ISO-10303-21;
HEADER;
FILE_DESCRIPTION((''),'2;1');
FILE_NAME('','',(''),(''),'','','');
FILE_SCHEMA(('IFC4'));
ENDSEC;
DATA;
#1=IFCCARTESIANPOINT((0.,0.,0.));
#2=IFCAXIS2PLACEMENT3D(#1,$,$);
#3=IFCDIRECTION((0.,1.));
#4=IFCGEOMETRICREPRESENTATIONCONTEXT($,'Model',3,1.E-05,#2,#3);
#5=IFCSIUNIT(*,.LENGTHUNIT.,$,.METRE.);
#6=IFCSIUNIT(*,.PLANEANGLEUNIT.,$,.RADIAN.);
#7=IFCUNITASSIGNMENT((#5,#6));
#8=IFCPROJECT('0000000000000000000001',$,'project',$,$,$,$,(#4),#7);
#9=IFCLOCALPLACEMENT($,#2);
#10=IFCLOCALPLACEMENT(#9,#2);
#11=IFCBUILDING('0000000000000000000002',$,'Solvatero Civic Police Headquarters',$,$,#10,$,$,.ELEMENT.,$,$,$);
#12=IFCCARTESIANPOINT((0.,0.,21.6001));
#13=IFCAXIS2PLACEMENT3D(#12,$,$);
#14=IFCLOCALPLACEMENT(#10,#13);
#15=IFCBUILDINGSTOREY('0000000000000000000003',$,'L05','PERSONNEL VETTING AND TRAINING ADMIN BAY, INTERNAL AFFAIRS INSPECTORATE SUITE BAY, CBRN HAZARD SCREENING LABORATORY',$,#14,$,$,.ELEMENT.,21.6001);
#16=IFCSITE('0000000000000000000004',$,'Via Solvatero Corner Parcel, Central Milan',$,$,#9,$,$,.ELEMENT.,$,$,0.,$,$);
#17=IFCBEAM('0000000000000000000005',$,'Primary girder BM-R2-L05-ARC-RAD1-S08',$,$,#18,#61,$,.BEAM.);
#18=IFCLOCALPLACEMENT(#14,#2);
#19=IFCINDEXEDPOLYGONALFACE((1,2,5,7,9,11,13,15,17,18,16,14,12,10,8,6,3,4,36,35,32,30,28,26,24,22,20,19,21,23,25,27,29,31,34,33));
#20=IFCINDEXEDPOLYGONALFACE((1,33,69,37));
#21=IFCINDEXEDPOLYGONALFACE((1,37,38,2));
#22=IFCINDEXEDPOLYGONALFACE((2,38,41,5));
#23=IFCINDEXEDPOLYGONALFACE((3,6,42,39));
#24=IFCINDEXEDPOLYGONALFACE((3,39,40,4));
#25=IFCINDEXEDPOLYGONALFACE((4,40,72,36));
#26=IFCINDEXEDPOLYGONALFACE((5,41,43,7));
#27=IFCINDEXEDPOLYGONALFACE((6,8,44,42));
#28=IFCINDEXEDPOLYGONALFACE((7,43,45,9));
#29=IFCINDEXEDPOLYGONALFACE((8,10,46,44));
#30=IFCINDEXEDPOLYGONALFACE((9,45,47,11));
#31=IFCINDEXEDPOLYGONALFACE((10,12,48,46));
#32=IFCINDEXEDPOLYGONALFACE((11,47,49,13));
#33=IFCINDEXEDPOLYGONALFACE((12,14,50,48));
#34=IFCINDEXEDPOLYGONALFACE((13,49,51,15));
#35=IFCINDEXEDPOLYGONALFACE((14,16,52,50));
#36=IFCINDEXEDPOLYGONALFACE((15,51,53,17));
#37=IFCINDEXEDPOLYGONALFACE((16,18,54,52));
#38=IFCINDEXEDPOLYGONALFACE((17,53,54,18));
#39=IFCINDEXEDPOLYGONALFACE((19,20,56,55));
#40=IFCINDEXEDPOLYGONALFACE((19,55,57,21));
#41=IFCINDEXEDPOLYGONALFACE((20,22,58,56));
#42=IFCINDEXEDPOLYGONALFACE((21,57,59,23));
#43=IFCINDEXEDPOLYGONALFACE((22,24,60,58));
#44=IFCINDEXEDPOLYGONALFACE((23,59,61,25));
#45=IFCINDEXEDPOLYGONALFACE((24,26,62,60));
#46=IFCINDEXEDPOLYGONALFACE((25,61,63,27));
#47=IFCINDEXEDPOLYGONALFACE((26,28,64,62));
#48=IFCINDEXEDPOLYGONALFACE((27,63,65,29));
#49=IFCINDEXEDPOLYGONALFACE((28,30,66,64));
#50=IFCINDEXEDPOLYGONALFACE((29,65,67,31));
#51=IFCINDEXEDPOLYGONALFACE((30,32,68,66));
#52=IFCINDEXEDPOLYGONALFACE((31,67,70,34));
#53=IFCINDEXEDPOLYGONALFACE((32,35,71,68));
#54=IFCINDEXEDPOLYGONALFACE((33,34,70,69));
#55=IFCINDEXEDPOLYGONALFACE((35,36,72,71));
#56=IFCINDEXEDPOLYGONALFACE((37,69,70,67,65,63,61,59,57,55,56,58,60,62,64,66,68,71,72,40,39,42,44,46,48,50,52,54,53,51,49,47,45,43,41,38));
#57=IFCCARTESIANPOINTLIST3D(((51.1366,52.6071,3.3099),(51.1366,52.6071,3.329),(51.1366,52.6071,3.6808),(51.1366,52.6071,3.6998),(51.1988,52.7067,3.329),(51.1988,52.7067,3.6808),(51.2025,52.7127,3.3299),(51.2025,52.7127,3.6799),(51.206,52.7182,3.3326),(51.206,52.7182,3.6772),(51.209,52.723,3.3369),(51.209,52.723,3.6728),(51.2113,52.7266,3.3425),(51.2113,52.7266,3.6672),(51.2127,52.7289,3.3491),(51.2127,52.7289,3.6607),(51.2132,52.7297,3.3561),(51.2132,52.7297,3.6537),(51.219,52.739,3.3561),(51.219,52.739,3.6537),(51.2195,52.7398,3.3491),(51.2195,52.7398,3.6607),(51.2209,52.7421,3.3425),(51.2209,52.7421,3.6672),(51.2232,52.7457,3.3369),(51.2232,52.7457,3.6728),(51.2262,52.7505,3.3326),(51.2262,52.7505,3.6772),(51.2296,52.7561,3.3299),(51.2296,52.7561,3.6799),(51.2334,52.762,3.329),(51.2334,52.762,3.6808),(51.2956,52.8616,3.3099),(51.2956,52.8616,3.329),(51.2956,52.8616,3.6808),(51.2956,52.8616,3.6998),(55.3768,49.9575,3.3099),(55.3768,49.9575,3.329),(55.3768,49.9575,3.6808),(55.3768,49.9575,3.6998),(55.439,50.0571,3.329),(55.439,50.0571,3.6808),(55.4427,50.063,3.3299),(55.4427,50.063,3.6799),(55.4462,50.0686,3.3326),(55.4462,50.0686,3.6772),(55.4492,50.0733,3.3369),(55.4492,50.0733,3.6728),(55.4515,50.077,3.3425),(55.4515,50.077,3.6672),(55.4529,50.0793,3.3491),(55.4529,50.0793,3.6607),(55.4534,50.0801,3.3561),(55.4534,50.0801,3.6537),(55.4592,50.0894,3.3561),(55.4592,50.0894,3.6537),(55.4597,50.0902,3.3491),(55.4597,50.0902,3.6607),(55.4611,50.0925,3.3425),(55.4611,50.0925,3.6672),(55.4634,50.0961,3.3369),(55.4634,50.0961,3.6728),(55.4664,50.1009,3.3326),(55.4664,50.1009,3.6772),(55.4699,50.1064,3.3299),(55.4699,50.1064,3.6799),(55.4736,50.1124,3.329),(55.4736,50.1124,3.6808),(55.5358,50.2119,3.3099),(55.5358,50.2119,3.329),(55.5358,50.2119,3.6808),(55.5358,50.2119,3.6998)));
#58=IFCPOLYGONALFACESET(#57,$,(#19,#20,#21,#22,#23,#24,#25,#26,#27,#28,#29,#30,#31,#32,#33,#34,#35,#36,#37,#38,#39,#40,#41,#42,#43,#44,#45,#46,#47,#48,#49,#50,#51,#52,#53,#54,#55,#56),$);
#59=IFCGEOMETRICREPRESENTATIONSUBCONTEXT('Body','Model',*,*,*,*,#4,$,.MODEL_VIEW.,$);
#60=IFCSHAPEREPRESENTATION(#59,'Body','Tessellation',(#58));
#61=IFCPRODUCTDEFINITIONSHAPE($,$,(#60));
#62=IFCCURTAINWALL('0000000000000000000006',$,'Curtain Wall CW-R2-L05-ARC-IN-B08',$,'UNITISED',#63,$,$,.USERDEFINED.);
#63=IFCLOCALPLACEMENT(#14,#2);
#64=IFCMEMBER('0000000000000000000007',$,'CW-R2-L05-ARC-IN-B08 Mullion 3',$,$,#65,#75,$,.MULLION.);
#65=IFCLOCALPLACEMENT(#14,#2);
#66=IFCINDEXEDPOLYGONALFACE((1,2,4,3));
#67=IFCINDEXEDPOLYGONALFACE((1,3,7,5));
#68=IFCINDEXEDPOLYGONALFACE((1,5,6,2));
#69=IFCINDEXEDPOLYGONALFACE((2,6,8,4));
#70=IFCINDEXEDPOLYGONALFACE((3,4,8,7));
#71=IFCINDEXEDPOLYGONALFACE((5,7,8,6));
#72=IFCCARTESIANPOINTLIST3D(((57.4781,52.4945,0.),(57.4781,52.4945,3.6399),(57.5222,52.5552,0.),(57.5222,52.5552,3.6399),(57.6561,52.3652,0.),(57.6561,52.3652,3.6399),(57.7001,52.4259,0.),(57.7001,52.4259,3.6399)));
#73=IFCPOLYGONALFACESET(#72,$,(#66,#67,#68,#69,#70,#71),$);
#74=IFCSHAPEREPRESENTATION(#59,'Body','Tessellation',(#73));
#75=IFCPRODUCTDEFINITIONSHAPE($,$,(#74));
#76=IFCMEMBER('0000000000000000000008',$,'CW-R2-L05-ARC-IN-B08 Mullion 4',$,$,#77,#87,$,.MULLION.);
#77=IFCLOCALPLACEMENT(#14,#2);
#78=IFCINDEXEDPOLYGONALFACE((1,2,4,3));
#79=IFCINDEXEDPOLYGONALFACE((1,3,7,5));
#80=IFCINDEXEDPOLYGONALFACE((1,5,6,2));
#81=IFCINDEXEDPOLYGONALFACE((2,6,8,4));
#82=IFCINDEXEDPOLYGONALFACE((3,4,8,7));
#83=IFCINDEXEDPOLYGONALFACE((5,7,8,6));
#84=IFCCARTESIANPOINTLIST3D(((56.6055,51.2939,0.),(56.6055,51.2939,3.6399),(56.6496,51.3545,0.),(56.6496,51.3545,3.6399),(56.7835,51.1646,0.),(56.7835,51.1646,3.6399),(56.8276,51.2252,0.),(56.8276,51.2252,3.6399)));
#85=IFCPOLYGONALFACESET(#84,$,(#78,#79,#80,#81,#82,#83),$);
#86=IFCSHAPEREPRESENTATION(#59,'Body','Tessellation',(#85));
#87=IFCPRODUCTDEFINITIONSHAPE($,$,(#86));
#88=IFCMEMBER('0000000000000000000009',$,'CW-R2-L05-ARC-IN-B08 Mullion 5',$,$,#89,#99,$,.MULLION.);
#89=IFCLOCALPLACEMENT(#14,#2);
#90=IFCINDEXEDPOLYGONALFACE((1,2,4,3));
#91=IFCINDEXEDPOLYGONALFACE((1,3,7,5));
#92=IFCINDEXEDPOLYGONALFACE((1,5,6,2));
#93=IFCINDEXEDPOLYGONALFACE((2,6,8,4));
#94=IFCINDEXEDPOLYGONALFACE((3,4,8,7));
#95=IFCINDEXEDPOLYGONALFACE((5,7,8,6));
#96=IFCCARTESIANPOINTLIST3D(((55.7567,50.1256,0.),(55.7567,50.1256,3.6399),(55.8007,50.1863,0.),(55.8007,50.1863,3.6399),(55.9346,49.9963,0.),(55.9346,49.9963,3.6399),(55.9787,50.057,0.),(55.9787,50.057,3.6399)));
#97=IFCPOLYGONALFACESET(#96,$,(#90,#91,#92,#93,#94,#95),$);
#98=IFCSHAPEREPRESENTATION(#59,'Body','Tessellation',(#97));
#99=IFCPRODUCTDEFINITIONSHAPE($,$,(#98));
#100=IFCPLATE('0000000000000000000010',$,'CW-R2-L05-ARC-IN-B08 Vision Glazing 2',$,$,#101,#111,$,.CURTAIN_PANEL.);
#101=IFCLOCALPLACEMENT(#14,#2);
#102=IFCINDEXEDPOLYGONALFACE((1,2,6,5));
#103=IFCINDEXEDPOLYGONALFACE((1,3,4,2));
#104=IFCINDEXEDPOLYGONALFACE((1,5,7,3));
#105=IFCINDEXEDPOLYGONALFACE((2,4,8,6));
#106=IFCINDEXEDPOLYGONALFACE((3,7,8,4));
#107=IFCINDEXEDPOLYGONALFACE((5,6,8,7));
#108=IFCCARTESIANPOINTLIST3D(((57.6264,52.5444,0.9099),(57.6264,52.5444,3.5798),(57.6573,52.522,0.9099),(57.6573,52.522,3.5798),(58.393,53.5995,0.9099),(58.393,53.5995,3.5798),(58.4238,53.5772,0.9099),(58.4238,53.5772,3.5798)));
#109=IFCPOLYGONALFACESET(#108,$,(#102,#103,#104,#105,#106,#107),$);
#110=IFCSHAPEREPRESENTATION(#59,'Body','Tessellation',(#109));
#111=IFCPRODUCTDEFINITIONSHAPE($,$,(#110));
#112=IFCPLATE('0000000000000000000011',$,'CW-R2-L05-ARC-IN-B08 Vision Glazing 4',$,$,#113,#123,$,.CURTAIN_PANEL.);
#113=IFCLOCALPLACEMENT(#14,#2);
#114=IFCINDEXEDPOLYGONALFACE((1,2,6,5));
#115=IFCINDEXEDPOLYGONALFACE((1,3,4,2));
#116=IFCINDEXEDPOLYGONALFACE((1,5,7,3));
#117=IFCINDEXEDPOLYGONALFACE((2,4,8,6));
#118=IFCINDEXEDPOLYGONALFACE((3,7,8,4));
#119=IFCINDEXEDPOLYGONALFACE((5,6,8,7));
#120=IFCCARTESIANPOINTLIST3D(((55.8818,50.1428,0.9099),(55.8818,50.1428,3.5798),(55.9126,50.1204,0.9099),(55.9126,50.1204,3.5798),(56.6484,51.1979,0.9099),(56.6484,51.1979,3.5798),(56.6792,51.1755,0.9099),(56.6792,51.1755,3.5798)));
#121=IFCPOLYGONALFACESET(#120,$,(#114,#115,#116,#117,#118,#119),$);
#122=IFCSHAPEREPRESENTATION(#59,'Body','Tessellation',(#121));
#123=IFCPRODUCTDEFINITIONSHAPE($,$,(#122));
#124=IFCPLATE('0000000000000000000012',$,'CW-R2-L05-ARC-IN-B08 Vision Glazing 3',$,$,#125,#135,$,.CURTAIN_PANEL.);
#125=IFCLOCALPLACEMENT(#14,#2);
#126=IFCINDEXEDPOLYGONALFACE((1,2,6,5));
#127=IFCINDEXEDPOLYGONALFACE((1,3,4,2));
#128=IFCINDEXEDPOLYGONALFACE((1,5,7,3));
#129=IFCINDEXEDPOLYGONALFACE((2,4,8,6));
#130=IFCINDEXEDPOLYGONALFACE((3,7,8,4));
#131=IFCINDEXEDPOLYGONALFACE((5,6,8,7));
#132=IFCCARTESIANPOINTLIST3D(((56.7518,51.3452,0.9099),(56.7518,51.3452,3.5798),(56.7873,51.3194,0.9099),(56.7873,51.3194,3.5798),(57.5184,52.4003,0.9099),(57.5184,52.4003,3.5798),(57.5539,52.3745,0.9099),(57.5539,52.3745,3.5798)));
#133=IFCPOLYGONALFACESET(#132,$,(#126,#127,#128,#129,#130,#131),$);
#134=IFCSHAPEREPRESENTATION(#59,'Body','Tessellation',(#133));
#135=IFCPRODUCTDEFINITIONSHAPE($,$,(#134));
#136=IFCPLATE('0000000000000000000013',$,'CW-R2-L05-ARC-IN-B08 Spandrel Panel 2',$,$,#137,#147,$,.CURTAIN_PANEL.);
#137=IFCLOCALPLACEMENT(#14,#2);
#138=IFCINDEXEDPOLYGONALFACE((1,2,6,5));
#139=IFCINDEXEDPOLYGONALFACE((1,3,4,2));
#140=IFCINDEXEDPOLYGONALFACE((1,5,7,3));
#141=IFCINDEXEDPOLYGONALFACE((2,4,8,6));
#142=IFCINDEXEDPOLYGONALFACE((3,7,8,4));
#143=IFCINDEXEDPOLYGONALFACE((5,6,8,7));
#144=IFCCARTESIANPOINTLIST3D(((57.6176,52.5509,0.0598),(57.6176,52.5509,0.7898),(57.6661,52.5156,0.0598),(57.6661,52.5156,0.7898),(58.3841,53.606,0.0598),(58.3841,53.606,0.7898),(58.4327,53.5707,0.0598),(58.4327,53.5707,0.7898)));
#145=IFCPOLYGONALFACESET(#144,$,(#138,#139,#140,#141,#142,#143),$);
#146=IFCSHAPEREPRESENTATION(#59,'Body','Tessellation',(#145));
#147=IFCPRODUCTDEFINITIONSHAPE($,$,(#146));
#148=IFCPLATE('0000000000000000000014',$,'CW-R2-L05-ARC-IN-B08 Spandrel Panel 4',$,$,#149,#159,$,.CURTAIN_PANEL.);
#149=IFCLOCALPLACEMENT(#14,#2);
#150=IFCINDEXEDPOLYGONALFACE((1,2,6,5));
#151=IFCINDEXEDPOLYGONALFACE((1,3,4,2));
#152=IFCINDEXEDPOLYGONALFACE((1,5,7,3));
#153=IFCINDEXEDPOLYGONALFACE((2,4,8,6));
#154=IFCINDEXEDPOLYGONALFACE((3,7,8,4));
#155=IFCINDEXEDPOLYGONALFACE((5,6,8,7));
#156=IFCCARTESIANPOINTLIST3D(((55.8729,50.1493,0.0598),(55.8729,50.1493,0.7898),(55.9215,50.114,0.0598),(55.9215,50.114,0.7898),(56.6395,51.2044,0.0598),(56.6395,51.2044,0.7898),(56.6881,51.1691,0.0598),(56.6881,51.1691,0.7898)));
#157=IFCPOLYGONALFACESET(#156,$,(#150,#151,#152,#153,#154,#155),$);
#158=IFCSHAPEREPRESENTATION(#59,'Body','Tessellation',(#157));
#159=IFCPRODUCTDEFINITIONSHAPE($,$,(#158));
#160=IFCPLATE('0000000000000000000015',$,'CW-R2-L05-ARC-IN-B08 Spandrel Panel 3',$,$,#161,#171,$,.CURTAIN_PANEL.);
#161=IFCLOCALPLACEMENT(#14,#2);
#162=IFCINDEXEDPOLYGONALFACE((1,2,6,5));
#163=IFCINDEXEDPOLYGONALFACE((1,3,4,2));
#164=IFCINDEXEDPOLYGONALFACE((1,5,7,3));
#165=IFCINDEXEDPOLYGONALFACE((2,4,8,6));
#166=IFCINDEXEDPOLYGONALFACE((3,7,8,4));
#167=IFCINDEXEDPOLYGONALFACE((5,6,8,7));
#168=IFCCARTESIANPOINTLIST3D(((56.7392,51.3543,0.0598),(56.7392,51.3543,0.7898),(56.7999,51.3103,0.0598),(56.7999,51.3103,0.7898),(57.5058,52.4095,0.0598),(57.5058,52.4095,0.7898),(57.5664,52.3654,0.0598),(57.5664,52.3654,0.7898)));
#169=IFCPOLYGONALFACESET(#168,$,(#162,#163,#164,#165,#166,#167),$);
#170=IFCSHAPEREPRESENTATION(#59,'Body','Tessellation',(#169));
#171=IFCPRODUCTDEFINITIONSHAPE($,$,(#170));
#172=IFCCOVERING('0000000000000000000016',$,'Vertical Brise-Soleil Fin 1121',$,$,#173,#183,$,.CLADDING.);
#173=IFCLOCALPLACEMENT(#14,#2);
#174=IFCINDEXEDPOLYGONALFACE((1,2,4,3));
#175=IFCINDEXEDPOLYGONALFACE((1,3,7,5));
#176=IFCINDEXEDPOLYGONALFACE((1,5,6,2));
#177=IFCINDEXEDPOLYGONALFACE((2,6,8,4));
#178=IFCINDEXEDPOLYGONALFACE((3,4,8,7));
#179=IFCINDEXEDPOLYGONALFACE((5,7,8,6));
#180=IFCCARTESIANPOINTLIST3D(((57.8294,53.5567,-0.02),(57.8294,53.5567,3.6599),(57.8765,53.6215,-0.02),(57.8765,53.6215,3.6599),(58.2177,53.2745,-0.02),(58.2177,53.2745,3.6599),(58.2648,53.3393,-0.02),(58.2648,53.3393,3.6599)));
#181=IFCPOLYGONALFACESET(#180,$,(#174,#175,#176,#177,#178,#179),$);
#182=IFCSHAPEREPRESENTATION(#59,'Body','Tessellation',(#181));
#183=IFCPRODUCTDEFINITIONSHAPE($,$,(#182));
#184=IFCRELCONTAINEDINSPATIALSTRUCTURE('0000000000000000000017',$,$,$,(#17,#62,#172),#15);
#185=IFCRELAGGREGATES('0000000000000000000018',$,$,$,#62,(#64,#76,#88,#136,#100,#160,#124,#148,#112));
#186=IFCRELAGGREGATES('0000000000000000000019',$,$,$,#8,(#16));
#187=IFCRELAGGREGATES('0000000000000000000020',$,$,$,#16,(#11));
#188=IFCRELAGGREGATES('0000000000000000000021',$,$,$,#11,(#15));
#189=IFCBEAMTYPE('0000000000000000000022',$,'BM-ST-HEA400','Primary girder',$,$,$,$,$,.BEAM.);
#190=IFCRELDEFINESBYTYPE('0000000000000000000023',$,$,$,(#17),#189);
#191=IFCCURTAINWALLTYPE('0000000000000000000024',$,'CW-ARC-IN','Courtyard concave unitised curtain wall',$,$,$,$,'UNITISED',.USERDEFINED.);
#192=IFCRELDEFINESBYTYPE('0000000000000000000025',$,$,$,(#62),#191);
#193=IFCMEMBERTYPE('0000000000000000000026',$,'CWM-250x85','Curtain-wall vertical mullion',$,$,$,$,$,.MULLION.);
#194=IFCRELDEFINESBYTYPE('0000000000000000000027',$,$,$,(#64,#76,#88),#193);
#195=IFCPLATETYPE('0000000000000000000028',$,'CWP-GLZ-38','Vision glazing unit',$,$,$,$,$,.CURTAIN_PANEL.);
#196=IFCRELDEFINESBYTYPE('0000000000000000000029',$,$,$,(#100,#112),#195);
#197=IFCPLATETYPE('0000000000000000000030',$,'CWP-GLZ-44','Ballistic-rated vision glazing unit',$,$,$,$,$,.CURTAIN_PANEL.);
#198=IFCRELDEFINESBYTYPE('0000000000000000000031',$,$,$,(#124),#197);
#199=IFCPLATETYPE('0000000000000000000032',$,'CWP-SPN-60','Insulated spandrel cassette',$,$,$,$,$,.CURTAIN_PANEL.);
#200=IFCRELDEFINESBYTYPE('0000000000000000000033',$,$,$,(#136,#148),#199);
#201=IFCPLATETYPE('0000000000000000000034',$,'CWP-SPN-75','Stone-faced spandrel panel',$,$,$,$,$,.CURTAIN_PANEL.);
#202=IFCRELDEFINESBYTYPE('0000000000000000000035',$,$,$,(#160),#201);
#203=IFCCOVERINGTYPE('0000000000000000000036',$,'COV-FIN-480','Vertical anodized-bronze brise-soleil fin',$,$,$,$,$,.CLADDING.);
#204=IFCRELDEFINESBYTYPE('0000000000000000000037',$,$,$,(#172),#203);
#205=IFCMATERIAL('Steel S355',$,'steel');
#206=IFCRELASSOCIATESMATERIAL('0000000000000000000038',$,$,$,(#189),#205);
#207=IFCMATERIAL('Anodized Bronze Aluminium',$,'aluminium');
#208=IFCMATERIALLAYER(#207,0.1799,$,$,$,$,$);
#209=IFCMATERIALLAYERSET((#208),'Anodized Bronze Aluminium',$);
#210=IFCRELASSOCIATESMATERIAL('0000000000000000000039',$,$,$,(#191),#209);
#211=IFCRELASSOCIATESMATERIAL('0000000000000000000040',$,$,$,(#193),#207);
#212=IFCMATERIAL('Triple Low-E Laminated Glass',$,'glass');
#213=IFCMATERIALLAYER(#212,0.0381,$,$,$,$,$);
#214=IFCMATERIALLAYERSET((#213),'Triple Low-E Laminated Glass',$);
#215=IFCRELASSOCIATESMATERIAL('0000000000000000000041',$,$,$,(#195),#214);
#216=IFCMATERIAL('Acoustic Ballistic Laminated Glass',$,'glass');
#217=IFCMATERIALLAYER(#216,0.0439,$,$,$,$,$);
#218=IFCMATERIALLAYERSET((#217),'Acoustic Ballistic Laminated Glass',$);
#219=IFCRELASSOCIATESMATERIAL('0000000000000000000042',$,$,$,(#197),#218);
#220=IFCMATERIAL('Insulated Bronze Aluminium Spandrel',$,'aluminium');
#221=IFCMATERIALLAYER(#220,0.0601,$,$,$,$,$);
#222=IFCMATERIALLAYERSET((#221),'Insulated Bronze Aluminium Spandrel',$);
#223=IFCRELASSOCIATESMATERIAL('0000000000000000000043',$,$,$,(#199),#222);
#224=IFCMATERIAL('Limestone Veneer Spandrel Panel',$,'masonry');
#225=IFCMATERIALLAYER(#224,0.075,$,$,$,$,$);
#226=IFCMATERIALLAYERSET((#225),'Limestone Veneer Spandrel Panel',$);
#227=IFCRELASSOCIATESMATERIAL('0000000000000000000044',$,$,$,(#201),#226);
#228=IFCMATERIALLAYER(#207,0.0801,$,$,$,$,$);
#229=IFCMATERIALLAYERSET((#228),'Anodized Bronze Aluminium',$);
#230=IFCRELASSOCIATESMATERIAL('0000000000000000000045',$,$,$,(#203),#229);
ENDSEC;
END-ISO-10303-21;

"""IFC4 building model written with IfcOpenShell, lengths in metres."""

from ifc_helpers import new_model, si_unit, direction, frame, origin, origin_2d, place, context, subcontext, project, spatial, rectangle, i_section, extrude, material, layer, layer_set, material_profile, profile_set, type_object, element, aggregate, save


model = new_model("IFC4")

# Units and contexts
model_context = context("Model", 3, precision=1e-05, world=origin(), true_north=direction((0.0, 1.0)))
body_context = subcontext(model_context, "Body", "Model", "MODEL_VIEW")
ifc_project = project(units=[si_unit("LENGTHUNIT", "METRE"), si_unit("PLANEANGLEUNIT", "RADIAN")], contexts=[model_context])

# Site, building, storey
site_placement = place(None, origin())
site = spatial("IfcSite", under=ifc_project, at=site_placement, Name="Via Solvatero Corner Parcel, Central Milan", CompositionType="ELEMENT", RefElevation=0.0)
building_placement = place(site_placement, origin())
building = spatial("IfcBuilding", under=site, at=building_placement, Name="Solvatero Civic Police Headquarters", CompositionType="ELEMENT")
storey_placement = place(building_placement, frame((0.0, 0.0, 21.6001)))
storey = spatial("IfcBuildingStorey", under=building, at=storey_placement, Name="L05", Description="PERSONNEL VETTING AND TRAINING ADMIN BAY, INTERNAL AFFAIRS INSPECTORATE SUITE BAY, CBRN HAZARD SCREENING LABORATORY", CompositionType="ELEMENT", Elevation=21.6001)

# Beam
ifc_material_1 = material(Name="Steel S355", Category="steel")
ifc_material_profile_1 = material_profile(ifc_material_1, i_section(OverallWidth=0.3, OverallDepth=0.3899, WebThickness=0.011, FlangeThickness=0.019, FilletRadius=0.0271, at=origin_2d()), Name="HEA 400")
ifc_profile_set_1 = profile_set([ifc_material_profile_1], Name="Steel S355")
beam_type = type_object("IfcBeamType", Name="BM-ST-HEA400", Description="Primary girder", PredefinedType="BEAM", material=ifc_profile_set_1)
beam_placement = place(storey_placement, frame((55.4563, 50.0847, 3.5049), z_axis=(-0.848042, 0.529929, 0.0), x_axis=(-0.529929, -0.848042, 0.0)))
element("IfcBeam", 1, at=beam_placement, inside=storey, type_object=beam_type, Name="Primary girder BM-R2-L05-ARC-RAD1-S08", PredefinedType="BEAM", context=body_context, shape_type="SweptSolid", body=[
    extrude(i_section(OverallWidth=0.3, OverallDepth=0.3899, WebThickness=0.011, FlangeThickness=0.019, FilletRadius=0.0271, at=origin_2d()), origin(), (0.0, 0.0, 1.0), 5.0),
])

# Curtain wall, members, plates
ifc_material_2 = material(Name="Anodized Bronze Aluminium", Category="aluminium")
ifc_layer_1 = layer(ifc_material_2, 0.1799)
ifc_layer_set_1 = layer_set([ifc_layer_1], Name="Anodized Bronze Aluminium")
curtain_wall_type = type_object("IfcCurtainWallType", Name="CW-ARC-IN", Description="Courtyard concave unitised curtain wall", ElementType="UNITISED", PredefinedType="USERDEFINED", material=ifc_layer_set_1)
curtain_wall_placement = place(storey_placement, origin())
curtain_wall = element("IfcCurtainWall", 2, at=curtain_wall_placement, inside=storey, type_object=curtain_wall_type, Name="Curtain Wall CW-R2-L05-ARC-IN-B08", ObjectType="UNITISED", PredefinedType="USERDEFINED")
ifc_material_profile_2 = material_profile(ifc_material_2, rectangle(XDim=0.075, YDim=0.22, at=origin_2d()), Name="ALU MULLION 75x220")
ifc_profile_set_2 = profile_set([ifc_material_profile_2], Name="Anodized Bronze Aluminium")
member_type = type_object("IfcMemberType", Name="CWM-250x85", Description="Curtain-wall vertical mullion", PredefinedType="MULLION", material=ifc_profile_set_2)
member_1_placement = place(storey_placement, frame((57.5891, 52.4602, 0.0), z_axis=(0.0, 0.0, 1.0), x_axis=(-0.587785, -0.809017, 0.0)))
member_1 = element("IfcMember", 3, at=member_1_placement, type_object=member_type, Name="CW-R2-L05-ARC-IN-B08 Mullion 3", PredefinedType="MULLION", context=body_context, shape_type="SweptSolid", body=[
    extrude(rectangle(XDim=0.075, YDim=0.22, at=origin_2d()), origin(), (0.0, 0.0, 1.0), 3.6399),
])
member_2_placement = place(storey_placement, frame((56.7166, 51.2595, 0.0), z_axis=(0.0, 0.0, 1.0), x_axis=(-0.587785, -0.809017, 0.0)))
member_2 = element("IfcMember", 4, at=member_2_placement, type_object=member_type, Name="CW-R2-L05-ARC-IN-B08 Mullion 4", PredefinedType="MULLION", context=body_context, shape_type="SweptSolid", body=[
    extrude(rectangle(XDim=0.075, YDim=0.22, at=origin_2d()), origin(), (0.0, 0.0, 1.0), 3.6399),
])
member_3_placement = place(storey_placement, frame((55.8677, 50.0913, 0.0), z_axis=(0.0, 0.0, 1.0), x_axis=(-0.587785, -0.809017, 0.0)))
member_3 = element("IfcMember", 5, at=member_3_placement, type_object=member_type, Name="CW-R2-L05-ARC-IN-B08 Mullion 5", PredefinedType="MULLION", context=body_context, shape_type="SweptSolid", body=[
    extrude(rectangle(XDim=0.075, YDim=0.22, at=origin_2d()), origin(), (0.0, 0.0, 1.0), 3.6399),
])
ifc_material_3 = material(Name="Triple Low-E Laminated Glass", Category="glass")
ifc_layer_2 = layer(ifc_material_3, 0.0381)
ifc_layer_set_2 = layer_set([ifc_layer_2], Name="Triple Low-E Laminated Glass")
plate_type_1 = type_object("IfcPlateType", Name="CWP-GLZ-38", Description="Vision glazing unit", PredefinedType="CURTAIN_PANEL", material=ifc_layer_set_2)
plate_1_placement = place(storey_placement, frame((58.0251, 53.0608, 0.9099), z_axis=(0.0, 0.0, 1.0), x_axis=(-0.587785, -0.809017, 0.0)))
plate_1 = element("IfcPlate", 6, at=plate_1_placement, type_object=plate_type_1, Name="CW-R2-L05-ARC-IN-B08 Vision Glazing 2", PredefinedType="CURTAIN_PANEL", context=body_context, shape_type="SweptSolid", body=[
    extrude(rectangle(XDim=1.3042, YDim=0.0381, at=origin_2d()), origin(), (0.0, 0.0, 1.0), 2.6699),
])
plate_2_placement = place(storey_placement, frame((56.2805, 50.6592, 0.9099), z_axis=(0.0, 0.0, 1.0), x_axis=(-0.587785, -0.809017, 0.0)))
plate_2 = element("IfcPlate", 7, at=plate_2_placement, type_object=plate_type_1, Name="CW-R2-L05-ARC-IN-B08 Vision Glazing 4", PredefinedType="CURTAIN_PANEL", context=body_context, shape_type="SweptSolid", body=[
    extrude(rectangle(XDim=1.3042, YDim=0.0381, at=origin_2d()), origin(), (0.0, 0.0, 1.0), 2.6699),
])
ifc_material_4 = material(Name="Acoustic Ballistic Laminated Glass", Category="glass")
ifc_layer_3 = layer(ifc_material_4, 0.0439)
ifc_layer_set_3 = layer_set([ifc_layer_3], Name="Acoustic Ballistic Laminated Glass")
plate_type_2 = type_object("IfcPlateType", Name="CWP-GLZ-44", Description="Ballistic-rated vision glazing unit", PredefinedType="CURTAIN_PANEL", material=ifc_layer_set_3)
plate_3_placement = place(storey_placement, frame((57.1528, 51.8599, 0.9099), z_axis=(0.0, 0.0, 1.0), x_axis=(-0.587785, -0.809017, 0.0)))
plate_3 = element("IfcPlate", 8, at=plate_3_placement, type_object=plate_type_2, Name="CW-R2-L05-ARC-IN-B08 Vision Glazing 3", PredefinedType="CURTAIN_PANEL", context=body_context, shape_type="SweptSolid", body=[
    extrude(rectangle(XDim=1.3042, YDim=0.0439, at=origin_2d()), origin(), (0.0, 0.0, 1.0), 2.6699),
])
ifc_material_5 = material(Name="Insulated Bronze Aluminium Spandrel", Category="aluminium")
ifc_layer_4 = layer(ifc_material_5, 0.0601)
ifc_layer_set_4 = layer_set([ifc_layer_4], Name="Insulated Bronze Aluminium Spandrel")
plate_type_3 = type_object("IfcPlateType", Name="CWP-SPN-60", Description="Insulated spandrel cassette", PredefinedType="CURTAIN_PANEL", material=ifc_layer_set_4)
plate_4_placement = place(storey_placement, frame((58.0251, 53.0608, 0.0598), z_axis=(0.0, 0.0, 1.0), x_axis=(-0.587785, -0.809017, 0.0)))
plate_4 = element("IfcPlate", 9, at=plate_4_placement, type_object=plate_type_3, Name="CW-R2-L05-ARC-IN-B08 Spandrel Panel 2", PredefinedType="CURTAIN_PANEL", context=body_context, shape_type="SweptSolid", body=[
    extrude(rectangle(XDim=1.3042, YDim=0.0601, at=origin_2d()), origin(), (0.0, 0.0, 1.0), 0.73),
])
plate_5_placement = place(storey_placement, frame((56.2805, 50.6592, 0.0598), z_axis=(0.0, 0.0, 1.0), x_axis=(-0.587785, -0.809017, 0.0)))
plate_5 = element("IfcPlate", 10, at=plate_5_placement, type_object=plate_type_3, Name="CW-R2-L05-ARC-IN-B08 Spandrel Panel 4", PredefinedType="CURTAIN_PANEL", context=body_context, shape_type="SweptSolid", body=[
    extrude(rectangle(XDim=1.3042, YDim=0.0601, at=origin_2d()), origin(), (0.0, 0.0, 1.0), 0.73),
])
ifc_material_6 = material(Name="Limestone Veneer Spandrel Panel", Category="masonry")
ifc_layer_5 = layer(ifc_material_6, 0.075)
ifc_layer_set_5 = layer_set([ifc_layer_5], Name="Limestone Veneer Spandrel Panel")
plate_type_4 = type_object("IfcPlateType", Name="CWP-SPN-75", Description="Stone-faced spandrel panel", PredefinedType="CURTAIN_PANEL", material=ifc_layer_set_5)
plate_6_placement = place(storey_placement, frame((57.1528, 51.8599, 0.0598), z_axis=(0.0, 0.0, 1.0), x_axis=(-0.587785, -0.809017, 0.0)))
plate_6 = element("IfcPlate", 11, at=plate_6_placement, type_object=plate_type_4, Name="CW-R2-L05-ARC-IN-B08 Spandrel Panel 3", PredefinedType="CURTAIN_PANEL", context=body_context, shape_type="SweptSolid", body=[
    extrude(rectangle(XDim=1.3042, YDim=0.075, at=origin_2d()), origin(), (0.0, 0.0, 1.0), 0.73),
])
aggregate(curtain_wall, [member_1, member_2, member_3, plate_4, plate_1, plate_6, plate_3, plate_5, plate_2])

# Covering
ifc_layer_6 = layer(ifc_material_2, 0.0801)
ifc_layer_set_6 = layer_set([ifc_layer_6], Name="Anodized Bronze Aluminium")
covering_type = type_object("IfcCoveringType", Name="COV-FIN-480", Description="Vertical anodized-bronze brise-soleil fin", PredefinedType="CLADDING", material=ifc_layer_set_6)
for number, where, z_axis, x_axis, name in (
    (12, (58.0471, 53.448, -0.02), (0.0, 0.0, 1.0), (-0.587785, -0.809017, 0.0), "Vertical Brise-Soleil Fin 1121"),
):
    element("IfcCovering", number, at=place(storey_placement, frame(where, z_axis=z_axis, x_axis=x_axis)), inside=storey, type_object=covering_type, Name=name, PredefinedType="CLADDING", context=body_context, shape_type="SweptSolid", body=[
        extrude(rectangle(XDim=0.0801, YDim=0.48, at=origin_2d()), origin(), (0.0, 0.0, 1.0), 3.6799),
    ])

save(model, "model.ifc")
